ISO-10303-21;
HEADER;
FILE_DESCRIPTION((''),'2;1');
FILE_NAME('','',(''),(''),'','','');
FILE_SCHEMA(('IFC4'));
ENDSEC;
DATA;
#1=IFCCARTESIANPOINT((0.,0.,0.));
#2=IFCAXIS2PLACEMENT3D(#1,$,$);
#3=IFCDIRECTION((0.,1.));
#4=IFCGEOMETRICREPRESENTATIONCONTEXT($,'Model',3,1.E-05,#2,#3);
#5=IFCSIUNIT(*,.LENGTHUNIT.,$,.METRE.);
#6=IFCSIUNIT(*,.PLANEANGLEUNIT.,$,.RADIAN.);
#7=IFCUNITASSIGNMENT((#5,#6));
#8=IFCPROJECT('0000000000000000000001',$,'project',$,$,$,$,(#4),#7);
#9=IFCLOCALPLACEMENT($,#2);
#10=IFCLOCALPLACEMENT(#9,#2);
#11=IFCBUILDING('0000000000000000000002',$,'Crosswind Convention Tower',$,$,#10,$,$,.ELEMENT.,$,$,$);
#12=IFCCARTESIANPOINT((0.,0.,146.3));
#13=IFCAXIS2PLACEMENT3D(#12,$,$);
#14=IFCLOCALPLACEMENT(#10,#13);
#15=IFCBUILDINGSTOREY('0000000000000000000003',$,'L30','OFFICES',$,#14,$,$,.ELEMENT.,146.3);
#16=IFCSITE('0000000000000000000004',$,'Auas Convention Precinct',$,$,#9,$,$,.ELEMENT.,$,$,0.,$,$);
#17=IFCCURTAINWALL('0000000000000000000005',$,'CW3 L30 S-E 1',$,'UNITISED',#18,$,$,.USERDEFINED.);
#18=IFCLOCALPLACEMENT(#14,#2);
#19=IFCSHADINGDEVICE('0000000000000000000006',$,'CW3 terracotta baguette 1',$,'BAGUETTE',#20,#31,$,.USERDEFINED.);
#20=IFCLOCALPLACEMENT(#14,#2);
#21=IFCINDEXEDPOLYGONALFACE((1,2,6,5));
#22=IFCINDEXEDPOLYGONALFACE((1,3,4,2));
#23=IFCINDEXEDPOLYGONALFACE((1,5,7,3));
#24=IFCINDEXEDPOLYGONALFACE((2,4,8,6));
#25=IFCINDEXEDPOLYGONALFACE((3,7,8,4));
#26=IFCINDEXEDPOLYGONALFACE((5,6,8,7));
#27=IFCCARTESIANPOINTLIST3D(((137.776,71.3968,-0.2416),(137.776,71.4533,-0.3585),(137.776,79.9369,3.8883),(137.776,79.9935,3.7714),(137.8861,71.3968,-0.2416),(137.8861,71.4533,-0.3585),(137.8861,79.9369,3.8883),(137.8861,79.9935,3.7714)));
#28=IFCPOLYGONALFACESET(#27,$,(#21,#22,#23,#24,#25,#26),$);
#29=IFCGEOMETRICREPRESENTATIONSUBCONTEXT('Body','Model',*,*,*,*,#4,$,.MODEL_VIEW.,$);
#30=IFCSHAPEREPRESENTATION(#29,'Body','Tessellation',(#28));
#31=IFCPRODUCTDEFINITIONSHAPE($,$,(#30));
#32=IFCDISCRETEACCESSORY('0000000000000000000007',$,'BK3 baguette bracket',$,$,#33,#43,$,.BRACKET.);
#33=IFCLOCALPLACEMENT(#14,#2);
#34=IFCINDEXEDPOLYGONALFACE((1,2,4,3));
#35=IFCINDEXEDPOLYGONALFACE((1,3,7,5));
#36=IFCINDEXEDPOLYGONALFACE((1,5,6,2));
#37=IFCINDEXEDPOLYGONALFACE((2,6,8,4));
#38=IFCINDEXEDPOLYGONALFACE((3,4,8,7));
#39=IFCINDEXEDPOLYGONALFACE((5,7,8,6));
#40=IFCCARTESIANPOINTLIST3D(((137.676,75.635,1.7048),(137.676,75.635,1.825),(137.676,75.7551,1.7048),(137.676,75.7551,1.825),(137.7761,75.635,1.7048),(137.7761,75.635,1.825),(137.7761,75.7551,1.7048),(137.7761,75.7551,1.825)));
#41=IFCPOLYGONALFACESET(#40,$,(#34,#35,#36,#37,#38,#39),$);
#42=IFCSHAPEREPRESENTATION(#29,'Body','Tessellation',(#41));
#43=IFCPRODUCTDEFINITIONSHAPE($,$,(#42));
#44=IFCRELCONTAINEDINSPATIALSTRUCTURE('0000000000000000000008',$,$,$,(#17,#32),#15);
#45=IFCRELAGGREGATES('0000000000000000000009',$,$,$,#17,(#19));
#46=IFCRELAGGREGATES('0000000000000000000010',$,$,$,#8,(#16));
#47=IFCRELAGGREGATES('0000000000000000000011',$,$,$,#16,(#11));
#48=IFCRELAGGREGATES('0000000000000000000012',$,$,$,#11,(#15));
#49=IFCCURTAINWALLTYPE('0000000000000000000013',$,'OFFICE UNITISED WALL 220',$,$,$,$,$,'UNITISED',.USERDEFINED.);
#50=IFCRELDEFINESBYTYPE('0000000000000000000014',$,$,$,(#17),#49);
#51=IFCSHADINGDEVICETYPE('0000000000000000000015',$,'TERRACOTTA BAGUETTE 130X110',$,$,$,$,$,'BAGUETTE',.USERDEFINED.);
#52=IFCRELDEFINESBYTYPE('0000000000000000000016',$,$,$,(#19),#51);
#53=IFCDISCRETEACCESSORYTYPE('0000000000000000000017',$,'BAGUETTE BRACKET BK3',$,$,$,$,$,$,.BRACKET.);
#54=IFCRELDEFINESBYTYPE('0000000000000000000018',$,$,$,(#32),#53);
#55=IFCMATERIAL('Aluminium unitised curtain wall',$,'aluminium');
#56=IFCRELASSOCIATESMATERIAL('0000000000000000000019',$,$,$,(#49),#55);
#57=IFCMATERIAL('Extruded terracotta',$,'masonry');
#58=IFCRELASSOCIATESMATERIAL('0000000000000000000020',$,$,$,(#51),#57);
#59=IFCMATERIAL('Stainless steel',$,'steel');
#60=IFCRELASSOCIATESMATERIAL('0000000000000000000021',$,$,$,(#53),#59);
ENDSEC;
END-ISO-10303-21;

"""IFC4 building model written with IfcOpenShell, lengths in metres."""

from ifc_helpers import new_model, si_unit, direction, frame, origin, origin_2d, place, context, subcontext, project, spatial, rectangle, extrude, material, material_profile, profile_set, type_object, element, aggregate, save


model = new_model("IFC4")

# Units and contexts
model_context = context("Model", 3, precision=1e-05, world=origin(), true_north=direction((0.0, 1.0)))
body_context = subcontext(model_context, "Body", "Model", "MODEL_VIEW")
ifc_project = project(units=[si_unit("LENGTHUNIT", "METRE"), si_unit("PLANEANGLEUNIT", "RADIAN")], contexts=[model_context])

# Site, building, storey
site_placement = place(None, origin())
site = spatial("IfcSite", under=ifc_project, at=site_placement, Name="Auas Convention Precinct", CompositionType="ELEMENT", RefElevation=0.0)
building_placement = place(site_placement, origin())
building = spatial("IfcBuilding", under=site, at=building_placement, Name="Crosswind Convention Tower", CompositionType="ELEMENT")
storey_placement = place(building_placement, frame((0.0, 0.0, 146.3)))
storey = spatial("IfcBuildingStorey", under=building, at=storey_placement, Name="L30", Description="OFFICES", CompositionType="ELEMENT", Elevation=146.3)

# Shared definitions
ifc_material_1 = material(Name="Aluminium unitised curtain wall", Category="aluminium")

# Curtain wall
curtain_wall_type_1 = type_object("IfcCurtainWallType", Name="OFFICE UNITISED WALL 220", ElementType="UNITISED", PredefinedType="USERDEFINED", material=ifc_material_1)
curtain_wall_1_placement = place(storey_placement, origin())
curtain_wall_1 = element("IfcCurtainWall", 1, at=curtain_wall_1_placement, inside=storey, type_object=curtain_wall_type_1, Name="CW3 L30 S-E 1", ObjectType="UNITISED", PredefinedType="USERDEFINED")

# Shading device
ifc_material_2 = material(Name="Extruded terracotta", Category="masonry")
ifc_material_profile_1 = material_profile(ifc_material_2, rectangle(XDim=0.1101, YDim=0.1299, at=origin_2d()), Name="TC 110X130")
ifc_profile_set_1 = profile_set([ifc_material_profile_1], Name="Extruded terracotta")
shading_device_type = type_object("IfcShadingDeviceType", Name="TERRACOTTA BAGUETTE 130X110", ElementType="BAGUETTE", PredefinedType="USERDEFINED", material=ifc_profile_set_1)
shading_device_1_placement = place(storey_placement, frame((137.8311, 71.425, -0.3), z_axis=(0.0, 0.900258, 0.435356), x_axis=(-1.0, 0.0, 0.0)))
shading_device_1 = element("IfcShadingDevice", 2, at=shading_device_1_placement, type_object=shading_device_type, Name="CW3 terracotta baguette 1", ObjectType="BAGUETTE", PredefinedType="USERDEFINED", context=body_context, shape_type="SweptSolid", body=[
    extrude(rectangle(XDim=0.1101, YDim=0.1299, at=origin_2d()), origin(), (0.0, 0.0, 1.0), 9.4863),
])
aggregate(curtain_wall_1, [shading_device_1])

# Discrete accessory
ifc_material_3 = material(Name="Stainless steel", Category="steel")
discrete_accessory_type = type_object("IfcDiscreteAccessoryType", Name="BAGUETTE BRACKET BK3", PredefinedType="BRACKET", material=ifc_material_3)
discrete_accessory_placement = place(storey_placement, frame((137.7261, 75.6951, 1.7048), z_axis=(0.0, 0.0, 1.0), x_axis=(0.0, 1.0, 0.0)))
element("IfcDiscreteAccessory", 3, at=discrete_accessory_placement, inside=storey, type_object=discrete_accessory_type, Name="BK3 baguette bracket", PredefinedType="BRACKET", context=body_context, shape_type="SweptSolid", body=[
    extrude(rectangle(XDim=0.1201, YDim=0.1001, at=origin_2d()), origin(), (0.0, 0.0, 1.0), 0.1201),
])

save(model, "model.ifc")
